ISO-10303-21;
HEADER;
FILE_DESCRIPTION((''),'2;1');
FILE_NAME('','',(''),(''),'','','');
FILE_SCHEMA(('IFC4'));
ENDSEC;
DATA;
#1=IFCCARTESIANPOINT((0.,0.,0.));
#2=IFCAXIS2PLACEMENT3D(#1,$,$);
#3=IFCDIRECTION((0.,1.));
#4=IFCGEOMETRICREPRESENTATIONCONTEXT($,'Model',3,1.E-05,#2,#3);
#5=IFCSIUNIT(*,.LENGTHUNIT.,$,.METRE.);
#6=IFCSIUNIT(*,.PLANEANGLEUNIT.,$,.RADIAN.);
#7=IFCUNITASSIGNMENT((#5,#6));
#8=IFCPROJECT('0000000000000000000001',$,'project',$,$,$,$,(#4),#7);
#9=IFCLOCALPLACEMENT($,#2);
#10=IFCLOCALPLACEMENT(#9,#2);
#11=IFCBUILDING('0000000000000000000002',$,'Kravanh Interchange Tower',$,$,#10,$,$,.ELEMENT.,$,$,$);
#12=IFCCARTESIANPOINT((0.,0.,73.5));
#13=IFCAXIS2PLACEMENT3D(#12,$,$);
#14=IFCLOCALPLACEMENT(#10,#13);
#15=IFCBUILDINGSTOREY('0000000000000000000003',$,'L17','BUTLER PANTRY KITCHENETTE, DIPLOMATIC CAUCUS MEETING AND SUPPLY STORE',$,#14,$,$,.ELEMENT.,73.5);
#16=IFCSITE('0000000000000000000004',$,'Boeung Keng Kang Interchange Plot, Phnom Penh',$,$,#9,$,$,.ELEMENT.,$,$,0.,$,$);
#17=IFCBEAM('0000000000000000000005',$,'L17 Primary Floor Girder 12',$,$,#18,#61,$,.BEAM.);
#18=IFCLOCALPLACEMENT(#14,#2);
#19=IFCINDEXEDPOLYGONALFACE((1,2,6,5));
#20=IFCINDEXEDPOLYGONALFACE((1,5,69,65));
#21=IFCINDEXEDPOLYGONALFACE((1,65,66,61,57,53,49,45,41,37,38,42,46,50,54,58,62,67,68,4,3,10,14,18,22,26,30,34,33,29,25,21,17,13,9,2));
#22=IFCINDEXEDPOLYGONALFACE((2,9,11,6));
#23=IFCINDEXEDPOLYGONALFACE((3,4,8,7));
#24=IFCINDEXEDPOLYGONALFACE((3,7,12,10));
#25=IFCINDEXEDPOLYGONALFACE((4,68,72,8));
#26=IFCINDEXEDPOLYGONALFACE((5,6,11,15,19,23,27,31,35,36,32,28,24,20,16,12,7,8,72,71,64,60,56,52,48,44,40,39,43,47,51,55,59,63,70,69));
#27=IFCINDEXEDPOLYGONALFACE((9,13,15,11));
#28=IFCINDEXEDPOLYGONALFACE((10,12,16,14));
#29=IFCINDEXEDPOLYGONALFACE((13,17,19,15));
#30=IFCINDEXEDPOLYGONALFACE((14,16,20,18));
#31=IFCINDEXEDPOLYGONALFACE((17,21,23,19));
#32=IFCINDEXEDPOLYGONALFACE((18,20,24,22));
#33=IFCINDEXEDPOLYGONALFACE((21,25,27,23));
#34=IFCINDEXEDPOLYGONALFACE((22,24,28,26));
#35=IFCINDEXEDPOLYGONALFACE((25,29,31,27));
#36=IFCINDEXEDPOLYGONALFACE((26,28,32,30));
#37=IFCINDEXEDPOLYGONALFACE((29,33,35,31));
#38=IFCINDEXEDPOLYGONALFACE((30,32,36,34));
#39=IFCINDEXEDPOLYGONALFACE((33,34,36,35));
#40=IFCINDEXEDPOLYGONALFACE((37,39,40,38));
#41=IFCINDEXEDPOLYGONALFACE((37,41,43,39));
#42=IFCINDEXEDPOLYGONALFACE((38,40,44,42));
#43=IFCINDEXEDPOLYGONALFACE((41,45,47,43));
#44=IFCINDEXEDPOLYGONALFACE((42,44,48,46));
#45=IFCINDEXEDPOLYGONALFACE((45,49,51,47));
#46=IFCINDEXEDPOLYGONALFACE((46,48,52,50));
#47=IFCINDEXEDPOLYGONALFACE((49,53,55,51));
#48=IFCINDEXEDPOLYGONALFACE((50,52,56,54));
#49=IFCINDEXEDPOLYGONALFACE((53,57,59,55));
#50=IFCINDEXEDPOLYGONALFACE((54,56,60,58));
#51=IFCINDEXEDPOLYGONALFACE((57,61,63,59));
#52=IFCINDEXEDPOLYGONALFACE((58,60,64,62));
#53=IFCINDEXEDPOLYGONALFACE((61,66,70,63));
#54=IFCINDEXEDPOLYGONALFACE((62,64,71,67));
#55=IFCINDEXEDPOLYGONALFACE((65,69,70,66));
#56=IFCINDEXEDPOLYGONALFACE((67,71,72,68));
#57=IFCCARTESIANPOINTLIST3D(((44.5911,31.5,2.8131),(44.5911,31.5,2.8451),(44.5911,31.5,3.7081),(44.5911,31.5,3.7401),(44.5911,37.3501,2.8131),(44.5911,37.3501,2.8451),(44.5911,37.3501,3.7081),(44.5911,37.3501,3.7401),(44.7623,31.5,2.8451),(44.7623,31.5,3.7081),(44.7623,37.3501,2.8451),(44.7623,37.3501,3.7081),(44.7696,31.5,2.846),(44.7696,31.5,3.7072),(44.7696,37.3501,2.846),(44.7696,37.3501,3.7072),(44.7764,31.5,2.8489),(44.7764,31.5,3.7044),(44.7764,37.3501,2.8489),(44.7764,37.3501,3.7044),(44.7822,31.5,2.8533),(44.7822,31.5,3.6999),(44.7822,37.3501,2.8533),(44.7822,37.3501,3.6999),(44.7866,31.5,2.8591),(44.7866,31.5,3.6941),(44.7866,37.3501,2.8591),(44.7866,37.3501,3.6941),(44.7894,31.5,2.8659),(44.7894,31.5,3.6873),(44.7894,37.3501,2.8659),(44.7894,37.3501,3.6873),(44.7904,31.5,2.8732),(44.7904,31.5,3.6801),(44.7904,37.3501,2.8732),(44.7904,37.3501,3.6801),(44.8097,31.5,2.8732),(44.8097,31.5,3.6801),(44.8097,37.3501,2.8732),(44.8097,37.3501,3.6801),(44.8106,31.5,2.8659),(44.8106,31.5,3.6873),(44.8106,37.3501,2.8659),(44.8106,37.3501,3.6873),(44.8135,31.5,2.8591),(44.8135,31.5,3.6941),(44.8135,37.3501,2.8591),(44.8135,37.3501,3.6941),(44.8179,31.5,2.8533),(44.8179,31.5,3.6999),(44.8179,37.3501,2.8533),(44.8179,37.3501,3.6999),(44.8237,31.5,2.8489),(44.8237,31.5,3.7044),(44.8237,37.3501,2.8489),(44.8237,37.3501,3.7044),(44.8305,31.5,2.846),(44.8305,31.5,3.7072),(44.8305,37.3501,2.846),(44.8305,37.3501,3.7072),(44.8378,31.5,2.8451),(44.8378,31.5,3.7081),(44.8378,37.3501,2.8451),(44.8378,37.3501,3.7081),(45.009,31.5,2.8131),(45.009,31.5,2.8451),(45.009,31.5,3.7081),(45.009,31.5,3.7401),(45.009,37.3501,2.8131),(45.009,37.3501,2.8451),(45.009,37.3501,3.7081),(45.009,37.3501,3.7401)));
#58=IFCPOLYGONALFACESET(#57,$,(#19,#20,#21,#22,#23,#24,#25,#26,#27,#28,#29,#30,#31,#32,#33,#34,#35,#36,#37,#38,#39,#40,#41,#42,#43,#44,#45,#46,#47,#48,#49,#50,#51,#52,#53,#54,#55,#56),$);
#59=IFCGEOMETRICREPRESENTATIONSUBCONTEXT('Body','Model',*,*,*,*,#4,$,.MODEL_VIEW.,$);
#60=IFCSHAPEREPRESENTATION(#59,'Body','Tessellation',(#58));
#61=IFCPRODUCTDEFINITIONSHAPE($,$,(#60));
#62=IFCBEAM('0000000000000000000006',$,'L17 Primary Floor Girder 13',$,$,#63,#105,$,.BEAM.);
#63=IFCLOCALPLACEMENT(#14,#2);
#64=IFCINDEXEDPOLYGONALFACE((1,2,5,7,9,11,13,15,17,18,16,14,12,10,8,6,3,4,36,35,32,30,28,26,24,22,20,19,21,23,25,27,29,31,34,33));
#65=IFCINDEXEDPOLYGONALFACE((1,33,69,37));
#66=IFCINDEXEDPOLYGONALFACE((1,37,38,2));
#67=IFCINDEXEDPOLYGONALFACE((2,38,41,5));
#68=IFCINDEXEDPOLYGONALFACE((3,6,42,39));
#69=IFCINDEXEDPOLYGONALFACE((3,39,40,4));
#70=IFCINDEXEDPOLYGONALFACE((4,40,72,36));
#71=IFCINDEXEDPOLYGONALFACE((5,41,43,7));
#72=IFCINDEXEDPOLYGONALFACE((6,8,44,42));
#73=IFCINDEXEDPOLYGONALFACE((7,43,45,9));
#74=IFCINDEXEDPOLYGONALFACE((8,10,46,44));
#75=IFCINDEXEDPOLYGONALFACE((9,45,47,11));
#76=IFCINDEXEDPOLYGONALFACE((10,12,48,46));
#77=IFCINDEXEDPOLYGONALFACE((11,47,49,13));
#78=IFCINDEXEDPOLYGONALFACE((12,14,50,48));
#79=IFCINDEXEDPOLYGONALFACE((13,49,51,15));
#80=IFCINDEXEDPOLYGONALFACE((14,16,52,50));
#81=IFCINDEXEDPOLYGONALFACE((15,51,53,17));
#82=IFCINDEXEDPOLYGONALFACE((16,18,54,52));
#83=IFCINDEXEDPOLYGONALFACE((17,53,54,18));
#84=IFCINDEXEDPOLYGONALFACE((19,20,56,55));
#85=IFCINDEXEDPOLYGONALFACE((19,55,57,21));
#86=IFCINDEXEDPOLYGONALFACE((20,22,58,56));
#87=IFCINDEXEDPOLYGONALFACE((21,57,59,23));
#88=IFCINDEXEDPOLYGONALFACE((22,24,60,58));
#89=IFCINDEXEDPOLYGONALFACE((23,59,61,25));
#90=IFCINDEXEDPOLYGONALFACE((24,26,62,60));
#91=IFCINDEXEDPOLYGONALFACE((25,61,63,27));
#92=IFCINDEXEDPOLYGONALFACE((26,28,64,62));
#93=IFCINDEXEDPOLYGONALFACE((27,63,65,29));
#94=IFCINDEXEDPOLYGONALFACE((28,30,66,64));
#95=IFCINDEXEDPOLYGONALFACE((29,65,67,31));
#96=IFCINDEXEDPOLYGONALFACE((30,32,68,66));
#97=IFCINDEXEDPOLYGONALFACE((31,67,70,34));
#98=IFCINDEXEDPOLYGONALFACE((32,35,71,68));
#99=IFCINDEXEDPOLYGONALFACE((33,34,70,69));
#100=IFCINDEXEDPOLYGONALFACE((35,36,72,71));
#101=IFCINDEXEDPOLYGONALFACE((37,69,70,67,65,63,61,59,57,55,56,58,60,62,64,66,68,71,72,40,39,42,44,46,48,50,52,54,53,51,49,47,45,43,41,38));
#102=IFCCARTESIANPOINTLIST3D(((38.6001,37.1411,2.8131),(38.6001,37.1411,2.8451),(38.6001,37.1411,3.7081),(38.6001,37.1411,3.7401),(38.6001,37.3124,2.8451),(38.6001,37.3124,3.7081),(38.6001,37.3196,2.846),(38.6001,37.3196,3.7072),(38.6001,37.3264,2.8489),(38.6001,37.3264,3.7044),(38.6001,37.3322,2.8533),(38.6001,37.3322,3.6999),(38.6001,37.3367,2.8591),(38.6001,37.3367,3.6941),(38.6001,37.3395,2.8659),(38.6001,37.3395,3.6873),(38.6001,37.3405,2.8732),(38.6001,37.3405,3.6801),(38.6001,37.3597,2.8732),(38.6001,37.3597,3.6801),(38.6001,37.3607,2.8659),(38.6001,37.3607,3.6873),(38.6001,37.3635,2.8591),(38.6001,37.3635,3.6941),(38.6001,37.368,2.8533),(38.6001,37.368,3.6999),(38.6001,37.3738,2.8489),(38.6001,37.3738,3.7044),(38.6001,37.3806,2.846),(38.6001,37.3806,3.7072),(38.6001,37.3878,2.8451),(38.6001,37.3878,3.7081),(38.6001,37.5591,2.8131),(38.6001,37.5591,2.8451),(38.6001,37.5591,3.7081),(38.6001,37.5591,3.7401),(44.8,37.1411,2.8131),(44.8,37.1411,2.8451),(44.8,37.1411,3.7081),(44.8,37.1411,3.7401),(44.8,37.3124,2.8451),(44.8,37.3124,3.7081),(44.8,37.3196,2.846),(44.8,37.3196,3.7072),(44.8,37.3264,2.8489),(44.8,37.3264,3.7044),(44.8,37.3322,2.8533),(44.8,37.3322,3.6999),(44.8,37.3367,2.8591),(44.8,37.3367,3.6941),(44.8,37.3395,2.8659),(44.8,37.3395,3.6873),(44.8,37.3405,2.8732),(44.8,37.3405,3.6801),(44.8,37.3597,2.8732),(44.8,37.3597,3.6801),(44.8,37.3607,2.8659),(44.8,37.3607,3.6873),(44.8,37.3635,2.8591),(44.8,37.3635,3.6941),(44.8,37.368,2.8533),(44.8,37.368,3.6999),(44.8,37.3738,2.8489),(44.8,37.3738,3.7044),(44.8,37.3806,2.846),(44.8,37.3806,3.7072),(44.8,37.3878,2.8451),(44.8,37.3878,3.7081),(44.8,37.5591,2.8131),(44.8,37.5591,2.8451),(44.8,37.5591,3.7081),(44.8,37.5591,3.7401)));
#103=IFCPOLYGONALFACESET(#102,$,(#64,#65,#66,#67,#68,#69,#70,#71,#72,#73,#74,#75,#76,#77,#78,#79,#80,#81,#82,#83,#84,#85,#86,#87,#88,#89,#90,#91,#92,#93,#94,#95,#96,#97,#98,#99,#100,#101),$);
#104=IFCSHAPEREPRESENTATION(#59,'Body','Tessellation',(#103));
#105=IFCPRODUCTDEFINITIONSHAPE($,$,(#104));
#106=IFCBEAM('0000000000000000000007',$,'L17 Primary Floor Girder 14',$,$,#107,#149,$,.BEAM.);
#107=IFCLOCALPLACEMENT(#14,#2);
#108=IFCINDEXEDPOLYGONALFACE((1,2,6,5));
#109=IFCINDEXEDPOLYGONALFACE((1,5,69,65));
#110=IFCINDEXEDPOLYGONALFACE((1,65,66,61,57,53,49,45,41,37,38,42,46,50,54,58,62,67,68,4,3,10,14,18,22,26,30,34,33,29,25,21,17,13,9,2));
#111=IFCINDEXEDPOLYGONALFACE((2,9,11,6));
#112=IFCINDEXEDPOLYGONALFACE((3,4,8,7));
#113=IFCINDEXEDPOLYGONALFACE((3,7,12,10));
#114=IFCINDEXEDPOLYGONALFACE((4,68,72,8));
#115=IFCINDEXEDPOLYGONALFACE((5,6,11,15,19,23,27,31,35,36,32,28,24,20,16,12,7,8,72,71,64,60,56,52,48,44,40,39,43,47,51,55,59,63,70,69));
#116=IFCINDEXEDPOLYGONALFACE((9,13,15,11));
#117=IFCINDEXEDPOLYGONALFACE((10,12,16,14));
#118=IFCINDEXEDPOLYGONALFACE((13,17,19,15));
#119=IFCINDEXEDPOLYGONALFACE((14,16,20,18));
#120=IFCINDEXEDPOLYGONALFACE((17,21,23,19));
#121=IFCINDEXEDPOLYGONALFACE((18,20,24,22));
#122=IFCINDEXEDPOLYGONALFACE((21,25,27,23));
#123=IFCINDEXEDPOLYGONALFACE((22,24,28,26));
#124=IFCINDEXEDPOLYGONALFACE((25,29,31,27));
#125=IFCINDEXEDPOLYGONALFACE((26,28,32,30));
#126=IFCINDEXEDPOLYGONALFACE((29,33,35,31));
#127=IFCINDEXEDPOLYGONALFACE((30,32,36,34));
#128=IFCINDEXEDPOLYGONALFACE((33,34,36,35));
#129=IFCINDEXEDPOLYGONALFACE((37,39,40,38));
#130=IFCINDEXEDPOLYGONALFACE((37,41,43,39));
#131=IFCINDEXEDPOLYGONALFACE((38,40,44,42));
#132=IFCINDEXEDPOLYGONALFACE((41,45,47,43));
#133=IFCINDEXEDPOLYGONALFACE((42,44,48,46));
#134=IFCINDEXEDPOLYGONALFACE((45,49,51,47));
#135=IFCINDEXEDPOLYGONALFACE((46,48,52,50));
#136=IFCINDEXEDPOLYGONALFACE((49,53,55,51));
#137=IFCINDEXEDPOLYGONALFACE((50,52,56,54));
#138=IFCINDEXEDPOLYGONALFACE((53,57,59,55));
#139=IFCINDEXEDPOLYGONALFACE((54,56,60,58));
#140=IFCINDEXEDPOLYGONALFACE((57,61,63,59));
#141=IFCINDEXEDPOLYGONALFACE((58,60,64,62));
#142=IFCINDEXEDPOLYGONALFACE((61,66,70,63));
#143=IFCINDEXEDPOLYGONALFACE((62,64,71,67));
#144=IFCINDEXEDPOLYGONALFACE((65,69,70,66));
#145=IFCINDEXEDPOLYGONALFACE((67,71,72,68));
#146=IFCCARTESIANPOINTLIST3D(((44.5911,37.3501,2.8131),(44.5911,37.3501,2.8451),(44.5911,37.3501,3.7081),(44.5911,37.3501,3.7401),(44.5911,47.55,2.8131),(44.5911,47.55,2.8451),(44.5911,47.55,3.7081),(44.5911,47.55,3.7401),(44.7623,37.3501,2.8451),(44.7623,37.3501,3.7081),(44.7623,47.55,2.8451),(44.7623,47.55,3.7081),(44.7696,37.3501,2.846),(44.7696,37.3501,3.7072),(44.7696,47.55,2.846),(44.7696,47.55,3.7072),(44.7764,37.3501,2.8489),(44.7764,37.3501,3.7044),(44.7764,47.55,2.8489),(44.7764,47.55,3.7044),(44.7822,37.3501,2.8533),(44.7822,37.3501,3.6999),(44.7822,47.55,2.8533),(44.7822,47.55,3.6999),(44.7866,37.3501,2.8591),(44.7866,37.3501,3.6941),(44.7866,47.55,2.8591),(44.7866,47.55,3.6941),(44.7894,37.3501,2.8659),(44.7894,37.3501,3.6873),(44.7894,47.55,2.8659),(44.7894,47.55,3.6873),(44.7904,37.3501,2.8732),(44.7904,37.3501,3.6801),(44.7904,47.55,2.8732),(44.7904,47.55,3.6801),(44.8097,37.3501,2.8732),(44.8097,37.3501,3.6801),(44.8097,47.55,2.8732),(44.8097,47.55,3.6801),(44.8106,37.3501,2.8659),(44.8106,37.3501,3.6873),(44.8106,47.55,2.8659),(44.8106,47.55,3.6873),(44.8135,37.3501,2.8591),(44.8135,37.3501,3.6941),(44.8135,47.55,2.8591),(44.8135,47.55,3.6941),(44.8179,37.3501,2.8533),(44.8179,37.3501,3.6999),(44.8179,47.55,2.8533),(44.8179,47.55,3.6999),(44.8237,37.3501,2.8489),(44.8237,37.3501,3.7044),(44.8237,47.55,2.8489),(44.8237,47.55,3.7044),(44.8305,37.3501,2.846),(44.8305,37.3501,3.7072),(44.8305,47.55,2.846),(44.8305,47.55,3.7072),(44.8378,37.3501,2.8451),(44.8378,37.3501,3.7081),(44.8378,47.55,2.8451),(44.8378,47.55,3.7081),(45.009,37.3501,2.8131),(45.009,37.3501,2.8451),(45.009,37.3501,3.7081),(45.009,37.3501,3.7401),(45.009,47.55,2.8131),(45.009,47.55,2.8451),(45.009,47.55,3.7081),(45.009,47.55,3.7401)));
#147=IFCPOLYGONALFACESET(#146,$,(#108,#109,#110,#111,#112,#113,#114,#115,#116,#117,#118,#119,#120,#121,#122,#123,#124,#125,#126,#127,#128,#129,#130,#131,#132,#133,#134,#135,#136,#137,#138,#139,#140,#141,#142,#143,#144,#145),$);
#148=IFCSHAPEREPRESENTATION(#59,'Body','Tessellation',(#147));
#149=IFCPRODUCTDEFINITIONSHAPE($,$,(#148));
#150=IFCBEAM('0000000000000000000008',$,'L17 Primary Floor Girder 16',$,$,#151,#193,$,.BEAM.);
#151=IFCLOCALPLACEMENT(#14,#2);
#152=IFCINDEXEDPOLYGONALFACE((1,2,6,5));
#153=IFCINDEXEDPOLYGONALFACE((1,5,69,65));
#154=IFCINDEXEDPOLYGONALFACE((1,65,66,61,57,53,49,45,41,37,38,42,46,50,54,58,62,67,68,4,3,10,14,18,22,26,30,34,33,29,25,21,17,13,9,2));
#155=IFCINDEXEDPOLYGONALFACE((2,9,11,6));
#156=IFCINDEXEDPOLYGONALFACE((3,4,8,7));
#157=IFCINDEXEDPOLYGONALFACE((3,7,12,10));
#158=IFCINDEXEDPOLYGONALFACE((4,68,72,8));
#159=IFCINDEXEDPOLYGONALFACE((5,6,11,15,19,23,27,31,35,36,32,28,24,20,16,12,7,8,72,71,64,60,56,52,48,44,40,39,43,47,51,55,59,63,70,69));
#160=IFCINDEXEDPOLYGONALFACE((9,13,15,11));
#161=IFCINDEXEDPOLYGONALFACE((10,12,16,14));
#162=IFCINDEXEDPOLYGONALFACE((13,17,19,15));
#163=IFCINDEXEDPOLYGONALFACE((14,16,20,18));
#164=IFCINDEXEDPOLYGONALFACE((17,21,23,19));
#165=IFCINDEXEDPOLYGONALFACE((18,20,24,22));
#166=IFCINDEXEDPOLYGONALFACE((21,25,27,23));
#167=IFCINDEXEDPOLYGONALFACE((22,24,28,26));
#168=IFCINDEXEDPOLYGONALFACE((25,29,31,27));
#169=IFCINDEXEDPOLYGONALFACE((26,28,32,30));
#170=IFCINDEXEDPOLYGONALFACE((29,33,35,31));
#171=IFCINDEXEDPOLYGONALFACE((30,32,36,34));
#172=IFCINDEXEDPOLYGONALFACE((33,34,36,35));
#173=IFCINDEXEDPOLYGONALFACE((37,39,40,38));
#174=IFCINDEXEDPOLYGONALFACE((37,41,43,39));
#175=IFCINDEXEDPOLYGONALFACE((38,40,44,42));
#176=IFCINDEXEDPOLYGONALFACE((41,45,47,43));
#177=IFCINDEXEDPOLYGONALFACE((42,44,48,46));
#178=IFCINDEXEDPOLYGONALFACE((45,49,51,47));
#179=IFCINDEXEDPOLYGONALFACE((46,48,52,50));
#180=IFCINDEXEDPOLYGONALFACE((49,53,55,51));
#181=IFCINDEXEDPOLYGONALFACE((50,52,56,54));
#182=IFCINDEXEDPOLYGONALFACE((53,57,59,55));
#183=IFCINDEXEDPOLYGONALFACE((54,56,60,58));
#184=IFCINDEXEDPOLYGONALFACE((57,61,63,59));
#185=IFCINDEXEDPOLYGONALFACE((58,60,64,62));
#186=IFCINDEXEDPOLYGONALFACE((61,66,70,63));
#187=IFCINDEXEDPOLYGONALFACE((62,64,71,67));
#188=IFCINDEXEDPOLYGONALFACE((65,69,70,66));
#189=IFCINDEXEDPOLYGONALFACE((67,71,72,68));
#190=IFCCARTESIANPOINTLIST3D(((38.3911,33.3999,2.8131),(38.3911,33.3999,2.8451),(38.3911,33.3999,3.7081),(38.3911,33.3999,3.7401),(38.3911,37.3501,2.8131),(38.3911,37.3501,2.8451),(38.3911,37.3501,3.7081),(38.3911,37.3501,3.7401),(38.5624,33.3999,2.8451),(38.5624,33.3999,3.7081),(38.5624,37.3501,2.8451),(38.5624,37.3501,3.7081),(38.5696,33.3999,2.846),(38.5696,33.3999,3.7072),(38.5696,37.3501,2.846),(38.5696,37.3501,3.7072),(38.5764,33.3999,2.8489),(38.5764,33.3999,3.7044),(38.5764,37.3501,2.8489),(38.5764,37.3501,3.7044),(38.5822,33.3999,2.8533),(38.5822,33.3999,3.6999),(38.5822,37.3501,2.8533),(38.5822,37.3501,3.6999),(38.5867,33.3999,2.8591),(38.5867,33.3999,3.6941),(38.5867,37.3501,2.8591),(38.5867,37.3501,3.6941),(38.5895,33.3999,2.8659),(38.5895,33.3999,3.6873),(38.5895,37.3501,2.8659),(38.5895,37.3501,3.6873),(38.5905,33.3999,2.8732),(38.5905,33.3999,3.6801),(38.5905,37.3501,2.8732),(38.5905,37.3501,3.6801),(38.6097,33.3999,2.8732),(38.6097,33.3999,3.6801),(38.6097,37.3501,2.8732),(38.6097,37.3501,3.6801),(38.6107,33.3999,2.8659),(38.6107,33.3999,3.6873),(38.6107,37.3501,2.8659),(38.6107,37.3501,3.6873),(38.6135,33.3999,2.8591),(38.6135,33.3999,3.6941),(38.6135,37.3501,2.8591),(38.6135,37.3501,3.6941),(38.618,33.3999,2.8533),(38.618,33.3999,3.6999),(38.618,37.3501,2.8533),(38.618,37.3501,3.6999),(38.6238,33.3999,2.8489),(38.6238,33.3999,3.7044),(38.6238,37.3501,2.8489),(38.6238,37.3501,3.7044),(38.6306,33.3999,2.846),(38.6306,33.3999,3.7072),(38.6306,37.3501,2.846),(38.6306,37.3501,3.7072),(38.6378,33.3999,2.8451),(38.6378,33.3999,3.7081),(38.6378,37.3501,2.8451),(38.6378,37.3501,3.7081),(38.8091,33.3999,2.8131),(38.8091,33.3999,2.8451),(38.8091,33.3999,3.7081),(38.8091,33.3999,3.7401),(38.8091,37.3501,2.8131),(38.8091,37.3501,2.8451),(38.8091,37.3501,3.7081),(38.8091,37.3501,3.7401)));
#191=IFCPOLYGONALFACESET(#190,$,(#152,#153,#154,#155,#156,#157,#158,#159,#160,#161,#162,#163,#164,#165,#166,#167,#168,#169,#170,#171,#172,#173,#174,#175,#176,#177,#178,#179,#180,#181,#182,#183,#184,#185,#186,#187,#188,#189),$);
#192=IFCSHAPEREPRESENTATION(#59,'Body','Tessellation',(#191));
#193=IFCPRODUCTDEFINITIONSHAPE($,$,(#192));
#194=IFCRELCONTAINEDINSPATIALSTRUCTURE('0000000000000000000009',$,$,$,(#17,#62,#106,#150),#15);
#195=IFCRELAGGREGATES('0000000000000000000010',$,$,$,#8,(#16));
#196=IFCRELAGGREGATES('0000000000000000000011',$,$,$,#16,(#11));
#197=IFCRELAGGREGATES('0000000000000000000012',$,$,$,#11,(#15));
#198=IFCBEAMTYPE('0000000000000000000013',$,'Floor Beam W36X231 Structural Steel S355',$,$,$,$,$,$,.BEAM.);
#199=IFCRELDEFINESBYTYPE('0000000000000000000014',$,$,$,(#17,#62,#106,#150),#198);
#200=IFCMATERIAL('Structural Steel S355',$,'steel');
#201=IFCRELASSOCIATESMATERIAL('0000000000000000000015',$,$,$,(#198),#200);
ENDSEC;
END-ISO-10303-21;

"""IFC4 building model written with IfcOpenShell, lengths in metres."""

from ifc_helpers import new_model, si_unit, direction, frame, origin, origin_2d, place, context, subcontext, project, spatial, i_section, extrude, material, material_profile, profile_set, type_object, element, save


model = new_model("IFC4")

# Units and contexts
model_context = context("Model", 3, precision=1e-05, world=origin(), true_north=direction((0.0, 1.0)))
body_context = subcontext(model_context, "Body", "Model", "MODEL_VIEW")
ifc_project = project(units=[si_unit("LENGTHUNIT", "METRE"), si_unit("PLANEANGLEUNIT", "RADIAN")], contexts=[model_context])

# Site, building, storey
site_placement = place(None, origin())
site = spatial("IfcSite", under=ifc_project, at=site_placement, Name="Boeung Keng Kang Interchange Plot, Phnom Penh", CompositionType="ELEMENT", RefElevation=0.0)
building_placement = place(site_placement, origin())
building = spatial("IfcBuilding", under=site, at=building_placement, Name="Kravanh Interchange Tower", CompositionType="ELEMENT")
storey_placement = place(building_placement, frame((0.0, 0.0, 73.5)))
storey = spatial("IfcBuildingStorey", under=building, at=storey_placement, Name="L17", Description="BUTLER PANTRY KITCHENETTE, DIPLOMATIC CAUCUS MEETING AND SUPPLY STORE", CompositionType="ELEMENT", Elevation=73.5)

# Beams
ifc_material_1 = material(Name="Structural Steel S355", Category="steel")
ifc_material_profile_1 = material_profile(ifc_material_1, i_section(OverallWidth=0.418, OverallDepth=0.927, WebThickness=0.0193, FlangeThickness=0.032, FilletRadius=0.0281, at=origin_2d()), Name="W36X231")
ifc_profile_set_1 = profile_set([ifc_material_profile_1], Name="Structural Steel S355")
beam_type_1 = type_object("IfcBeamType", Name="Floor Beam W36X231 Structural Steel S355", PredefinedType="BEAM", material=ifc_profile_set_1)
beam_1_placement = place(storey_placement, frame((44.8, 37.3501, 3.2766), z_axis=(0.0, -1.0, 0.0), x_axis=(1.0, 0.0, 0.0)))
element("IfcBeam", 1, at=beam_1_placement, inside=storey, type_object=beam_type_1, Name="L17 Primary Floor Girder 12", PredefinedType="BEAM", context=body_context, shape_type="SweptSolid", body=[
    extrude(i_section(OverallWidth=0.418, OverallDepth=0.927, WebThickness=0.0193, FlangeThickness=0.032, FilletRadius=0.0281, at=origin_2d()), origin(), (0.0, 0.0, 1.0), 5.8501),
])
beam_2_placement = place(storey_placement, frame((44.8, 37.3501, 3.2766), z_axis=(-1.0, 0.0, 0.0), x_axis=(0.0, -1.0, 0.0)))
element("IfcBeam", 2, at=beam_2_placement, inside=storey, type_object=beam_type_1, Name="L17 Primary Floor Girder 13", PredefinedType="BEAM", context=body_context, shape_type="SweptSolid", body=[
    extrude(i_section(OverallWidth=0.418, OverallDepth=0.927, WebThickness=0.0193, FlangeThickness=0.032, FilletRadius=0.0281, at=origin_2d()), origin(), (0.0, 0.0, 1.0), 6.2),
])
beam_3_placement = place(storey_placement, frame((44.8, 37.3501, 3.2766), z_axis=(0.0, 1.0, 0.0), x_axis=(-1.0, 0.0, 0.0)))
element("IfcBeam", 3, at=beam_3_placement, inside=storey, type_object=beam_type_1, Name="L17 Primary Floor Girder 14", PredefinedType="BEAM", context=body_context, shape_type="SweptSolid", body=[
    extrude(i_section(OverallWidth=0.418, OverallDepth=0.927, WebThickness=0.0193, FlangeThickness=0.032, FilletRadius=0.0281, at=origin_2d()), origin(), (0.0, 0.0, 1.0), 10.2),
])
beam_4_placement = place(storey_placement, frame((38.6001, 37.3501, 3.2766), z_axis=(0.0, -1.0, 0.0), x_axis=(1.0, 0.0, 0.0)))
element("IfcBeam", 4, at=beam_4_placement, inside=storey, type_object=beam_type_1, Name="L17 Primary Floor Girder 16", PredefinedType="BEAM", context=body_context, shape_type="SweptSolid", body=[
    extrude(i_section(OverallWidth=0.418, OverallDepth=0.927, WebThickness=0.0193, FlangeThickness=0.032, FilletRadius=0.0281, at=origin_2d()), origin(), (0.0, 0.0, 1.0), 3.9502),
])

save(model, "model.ifc")
